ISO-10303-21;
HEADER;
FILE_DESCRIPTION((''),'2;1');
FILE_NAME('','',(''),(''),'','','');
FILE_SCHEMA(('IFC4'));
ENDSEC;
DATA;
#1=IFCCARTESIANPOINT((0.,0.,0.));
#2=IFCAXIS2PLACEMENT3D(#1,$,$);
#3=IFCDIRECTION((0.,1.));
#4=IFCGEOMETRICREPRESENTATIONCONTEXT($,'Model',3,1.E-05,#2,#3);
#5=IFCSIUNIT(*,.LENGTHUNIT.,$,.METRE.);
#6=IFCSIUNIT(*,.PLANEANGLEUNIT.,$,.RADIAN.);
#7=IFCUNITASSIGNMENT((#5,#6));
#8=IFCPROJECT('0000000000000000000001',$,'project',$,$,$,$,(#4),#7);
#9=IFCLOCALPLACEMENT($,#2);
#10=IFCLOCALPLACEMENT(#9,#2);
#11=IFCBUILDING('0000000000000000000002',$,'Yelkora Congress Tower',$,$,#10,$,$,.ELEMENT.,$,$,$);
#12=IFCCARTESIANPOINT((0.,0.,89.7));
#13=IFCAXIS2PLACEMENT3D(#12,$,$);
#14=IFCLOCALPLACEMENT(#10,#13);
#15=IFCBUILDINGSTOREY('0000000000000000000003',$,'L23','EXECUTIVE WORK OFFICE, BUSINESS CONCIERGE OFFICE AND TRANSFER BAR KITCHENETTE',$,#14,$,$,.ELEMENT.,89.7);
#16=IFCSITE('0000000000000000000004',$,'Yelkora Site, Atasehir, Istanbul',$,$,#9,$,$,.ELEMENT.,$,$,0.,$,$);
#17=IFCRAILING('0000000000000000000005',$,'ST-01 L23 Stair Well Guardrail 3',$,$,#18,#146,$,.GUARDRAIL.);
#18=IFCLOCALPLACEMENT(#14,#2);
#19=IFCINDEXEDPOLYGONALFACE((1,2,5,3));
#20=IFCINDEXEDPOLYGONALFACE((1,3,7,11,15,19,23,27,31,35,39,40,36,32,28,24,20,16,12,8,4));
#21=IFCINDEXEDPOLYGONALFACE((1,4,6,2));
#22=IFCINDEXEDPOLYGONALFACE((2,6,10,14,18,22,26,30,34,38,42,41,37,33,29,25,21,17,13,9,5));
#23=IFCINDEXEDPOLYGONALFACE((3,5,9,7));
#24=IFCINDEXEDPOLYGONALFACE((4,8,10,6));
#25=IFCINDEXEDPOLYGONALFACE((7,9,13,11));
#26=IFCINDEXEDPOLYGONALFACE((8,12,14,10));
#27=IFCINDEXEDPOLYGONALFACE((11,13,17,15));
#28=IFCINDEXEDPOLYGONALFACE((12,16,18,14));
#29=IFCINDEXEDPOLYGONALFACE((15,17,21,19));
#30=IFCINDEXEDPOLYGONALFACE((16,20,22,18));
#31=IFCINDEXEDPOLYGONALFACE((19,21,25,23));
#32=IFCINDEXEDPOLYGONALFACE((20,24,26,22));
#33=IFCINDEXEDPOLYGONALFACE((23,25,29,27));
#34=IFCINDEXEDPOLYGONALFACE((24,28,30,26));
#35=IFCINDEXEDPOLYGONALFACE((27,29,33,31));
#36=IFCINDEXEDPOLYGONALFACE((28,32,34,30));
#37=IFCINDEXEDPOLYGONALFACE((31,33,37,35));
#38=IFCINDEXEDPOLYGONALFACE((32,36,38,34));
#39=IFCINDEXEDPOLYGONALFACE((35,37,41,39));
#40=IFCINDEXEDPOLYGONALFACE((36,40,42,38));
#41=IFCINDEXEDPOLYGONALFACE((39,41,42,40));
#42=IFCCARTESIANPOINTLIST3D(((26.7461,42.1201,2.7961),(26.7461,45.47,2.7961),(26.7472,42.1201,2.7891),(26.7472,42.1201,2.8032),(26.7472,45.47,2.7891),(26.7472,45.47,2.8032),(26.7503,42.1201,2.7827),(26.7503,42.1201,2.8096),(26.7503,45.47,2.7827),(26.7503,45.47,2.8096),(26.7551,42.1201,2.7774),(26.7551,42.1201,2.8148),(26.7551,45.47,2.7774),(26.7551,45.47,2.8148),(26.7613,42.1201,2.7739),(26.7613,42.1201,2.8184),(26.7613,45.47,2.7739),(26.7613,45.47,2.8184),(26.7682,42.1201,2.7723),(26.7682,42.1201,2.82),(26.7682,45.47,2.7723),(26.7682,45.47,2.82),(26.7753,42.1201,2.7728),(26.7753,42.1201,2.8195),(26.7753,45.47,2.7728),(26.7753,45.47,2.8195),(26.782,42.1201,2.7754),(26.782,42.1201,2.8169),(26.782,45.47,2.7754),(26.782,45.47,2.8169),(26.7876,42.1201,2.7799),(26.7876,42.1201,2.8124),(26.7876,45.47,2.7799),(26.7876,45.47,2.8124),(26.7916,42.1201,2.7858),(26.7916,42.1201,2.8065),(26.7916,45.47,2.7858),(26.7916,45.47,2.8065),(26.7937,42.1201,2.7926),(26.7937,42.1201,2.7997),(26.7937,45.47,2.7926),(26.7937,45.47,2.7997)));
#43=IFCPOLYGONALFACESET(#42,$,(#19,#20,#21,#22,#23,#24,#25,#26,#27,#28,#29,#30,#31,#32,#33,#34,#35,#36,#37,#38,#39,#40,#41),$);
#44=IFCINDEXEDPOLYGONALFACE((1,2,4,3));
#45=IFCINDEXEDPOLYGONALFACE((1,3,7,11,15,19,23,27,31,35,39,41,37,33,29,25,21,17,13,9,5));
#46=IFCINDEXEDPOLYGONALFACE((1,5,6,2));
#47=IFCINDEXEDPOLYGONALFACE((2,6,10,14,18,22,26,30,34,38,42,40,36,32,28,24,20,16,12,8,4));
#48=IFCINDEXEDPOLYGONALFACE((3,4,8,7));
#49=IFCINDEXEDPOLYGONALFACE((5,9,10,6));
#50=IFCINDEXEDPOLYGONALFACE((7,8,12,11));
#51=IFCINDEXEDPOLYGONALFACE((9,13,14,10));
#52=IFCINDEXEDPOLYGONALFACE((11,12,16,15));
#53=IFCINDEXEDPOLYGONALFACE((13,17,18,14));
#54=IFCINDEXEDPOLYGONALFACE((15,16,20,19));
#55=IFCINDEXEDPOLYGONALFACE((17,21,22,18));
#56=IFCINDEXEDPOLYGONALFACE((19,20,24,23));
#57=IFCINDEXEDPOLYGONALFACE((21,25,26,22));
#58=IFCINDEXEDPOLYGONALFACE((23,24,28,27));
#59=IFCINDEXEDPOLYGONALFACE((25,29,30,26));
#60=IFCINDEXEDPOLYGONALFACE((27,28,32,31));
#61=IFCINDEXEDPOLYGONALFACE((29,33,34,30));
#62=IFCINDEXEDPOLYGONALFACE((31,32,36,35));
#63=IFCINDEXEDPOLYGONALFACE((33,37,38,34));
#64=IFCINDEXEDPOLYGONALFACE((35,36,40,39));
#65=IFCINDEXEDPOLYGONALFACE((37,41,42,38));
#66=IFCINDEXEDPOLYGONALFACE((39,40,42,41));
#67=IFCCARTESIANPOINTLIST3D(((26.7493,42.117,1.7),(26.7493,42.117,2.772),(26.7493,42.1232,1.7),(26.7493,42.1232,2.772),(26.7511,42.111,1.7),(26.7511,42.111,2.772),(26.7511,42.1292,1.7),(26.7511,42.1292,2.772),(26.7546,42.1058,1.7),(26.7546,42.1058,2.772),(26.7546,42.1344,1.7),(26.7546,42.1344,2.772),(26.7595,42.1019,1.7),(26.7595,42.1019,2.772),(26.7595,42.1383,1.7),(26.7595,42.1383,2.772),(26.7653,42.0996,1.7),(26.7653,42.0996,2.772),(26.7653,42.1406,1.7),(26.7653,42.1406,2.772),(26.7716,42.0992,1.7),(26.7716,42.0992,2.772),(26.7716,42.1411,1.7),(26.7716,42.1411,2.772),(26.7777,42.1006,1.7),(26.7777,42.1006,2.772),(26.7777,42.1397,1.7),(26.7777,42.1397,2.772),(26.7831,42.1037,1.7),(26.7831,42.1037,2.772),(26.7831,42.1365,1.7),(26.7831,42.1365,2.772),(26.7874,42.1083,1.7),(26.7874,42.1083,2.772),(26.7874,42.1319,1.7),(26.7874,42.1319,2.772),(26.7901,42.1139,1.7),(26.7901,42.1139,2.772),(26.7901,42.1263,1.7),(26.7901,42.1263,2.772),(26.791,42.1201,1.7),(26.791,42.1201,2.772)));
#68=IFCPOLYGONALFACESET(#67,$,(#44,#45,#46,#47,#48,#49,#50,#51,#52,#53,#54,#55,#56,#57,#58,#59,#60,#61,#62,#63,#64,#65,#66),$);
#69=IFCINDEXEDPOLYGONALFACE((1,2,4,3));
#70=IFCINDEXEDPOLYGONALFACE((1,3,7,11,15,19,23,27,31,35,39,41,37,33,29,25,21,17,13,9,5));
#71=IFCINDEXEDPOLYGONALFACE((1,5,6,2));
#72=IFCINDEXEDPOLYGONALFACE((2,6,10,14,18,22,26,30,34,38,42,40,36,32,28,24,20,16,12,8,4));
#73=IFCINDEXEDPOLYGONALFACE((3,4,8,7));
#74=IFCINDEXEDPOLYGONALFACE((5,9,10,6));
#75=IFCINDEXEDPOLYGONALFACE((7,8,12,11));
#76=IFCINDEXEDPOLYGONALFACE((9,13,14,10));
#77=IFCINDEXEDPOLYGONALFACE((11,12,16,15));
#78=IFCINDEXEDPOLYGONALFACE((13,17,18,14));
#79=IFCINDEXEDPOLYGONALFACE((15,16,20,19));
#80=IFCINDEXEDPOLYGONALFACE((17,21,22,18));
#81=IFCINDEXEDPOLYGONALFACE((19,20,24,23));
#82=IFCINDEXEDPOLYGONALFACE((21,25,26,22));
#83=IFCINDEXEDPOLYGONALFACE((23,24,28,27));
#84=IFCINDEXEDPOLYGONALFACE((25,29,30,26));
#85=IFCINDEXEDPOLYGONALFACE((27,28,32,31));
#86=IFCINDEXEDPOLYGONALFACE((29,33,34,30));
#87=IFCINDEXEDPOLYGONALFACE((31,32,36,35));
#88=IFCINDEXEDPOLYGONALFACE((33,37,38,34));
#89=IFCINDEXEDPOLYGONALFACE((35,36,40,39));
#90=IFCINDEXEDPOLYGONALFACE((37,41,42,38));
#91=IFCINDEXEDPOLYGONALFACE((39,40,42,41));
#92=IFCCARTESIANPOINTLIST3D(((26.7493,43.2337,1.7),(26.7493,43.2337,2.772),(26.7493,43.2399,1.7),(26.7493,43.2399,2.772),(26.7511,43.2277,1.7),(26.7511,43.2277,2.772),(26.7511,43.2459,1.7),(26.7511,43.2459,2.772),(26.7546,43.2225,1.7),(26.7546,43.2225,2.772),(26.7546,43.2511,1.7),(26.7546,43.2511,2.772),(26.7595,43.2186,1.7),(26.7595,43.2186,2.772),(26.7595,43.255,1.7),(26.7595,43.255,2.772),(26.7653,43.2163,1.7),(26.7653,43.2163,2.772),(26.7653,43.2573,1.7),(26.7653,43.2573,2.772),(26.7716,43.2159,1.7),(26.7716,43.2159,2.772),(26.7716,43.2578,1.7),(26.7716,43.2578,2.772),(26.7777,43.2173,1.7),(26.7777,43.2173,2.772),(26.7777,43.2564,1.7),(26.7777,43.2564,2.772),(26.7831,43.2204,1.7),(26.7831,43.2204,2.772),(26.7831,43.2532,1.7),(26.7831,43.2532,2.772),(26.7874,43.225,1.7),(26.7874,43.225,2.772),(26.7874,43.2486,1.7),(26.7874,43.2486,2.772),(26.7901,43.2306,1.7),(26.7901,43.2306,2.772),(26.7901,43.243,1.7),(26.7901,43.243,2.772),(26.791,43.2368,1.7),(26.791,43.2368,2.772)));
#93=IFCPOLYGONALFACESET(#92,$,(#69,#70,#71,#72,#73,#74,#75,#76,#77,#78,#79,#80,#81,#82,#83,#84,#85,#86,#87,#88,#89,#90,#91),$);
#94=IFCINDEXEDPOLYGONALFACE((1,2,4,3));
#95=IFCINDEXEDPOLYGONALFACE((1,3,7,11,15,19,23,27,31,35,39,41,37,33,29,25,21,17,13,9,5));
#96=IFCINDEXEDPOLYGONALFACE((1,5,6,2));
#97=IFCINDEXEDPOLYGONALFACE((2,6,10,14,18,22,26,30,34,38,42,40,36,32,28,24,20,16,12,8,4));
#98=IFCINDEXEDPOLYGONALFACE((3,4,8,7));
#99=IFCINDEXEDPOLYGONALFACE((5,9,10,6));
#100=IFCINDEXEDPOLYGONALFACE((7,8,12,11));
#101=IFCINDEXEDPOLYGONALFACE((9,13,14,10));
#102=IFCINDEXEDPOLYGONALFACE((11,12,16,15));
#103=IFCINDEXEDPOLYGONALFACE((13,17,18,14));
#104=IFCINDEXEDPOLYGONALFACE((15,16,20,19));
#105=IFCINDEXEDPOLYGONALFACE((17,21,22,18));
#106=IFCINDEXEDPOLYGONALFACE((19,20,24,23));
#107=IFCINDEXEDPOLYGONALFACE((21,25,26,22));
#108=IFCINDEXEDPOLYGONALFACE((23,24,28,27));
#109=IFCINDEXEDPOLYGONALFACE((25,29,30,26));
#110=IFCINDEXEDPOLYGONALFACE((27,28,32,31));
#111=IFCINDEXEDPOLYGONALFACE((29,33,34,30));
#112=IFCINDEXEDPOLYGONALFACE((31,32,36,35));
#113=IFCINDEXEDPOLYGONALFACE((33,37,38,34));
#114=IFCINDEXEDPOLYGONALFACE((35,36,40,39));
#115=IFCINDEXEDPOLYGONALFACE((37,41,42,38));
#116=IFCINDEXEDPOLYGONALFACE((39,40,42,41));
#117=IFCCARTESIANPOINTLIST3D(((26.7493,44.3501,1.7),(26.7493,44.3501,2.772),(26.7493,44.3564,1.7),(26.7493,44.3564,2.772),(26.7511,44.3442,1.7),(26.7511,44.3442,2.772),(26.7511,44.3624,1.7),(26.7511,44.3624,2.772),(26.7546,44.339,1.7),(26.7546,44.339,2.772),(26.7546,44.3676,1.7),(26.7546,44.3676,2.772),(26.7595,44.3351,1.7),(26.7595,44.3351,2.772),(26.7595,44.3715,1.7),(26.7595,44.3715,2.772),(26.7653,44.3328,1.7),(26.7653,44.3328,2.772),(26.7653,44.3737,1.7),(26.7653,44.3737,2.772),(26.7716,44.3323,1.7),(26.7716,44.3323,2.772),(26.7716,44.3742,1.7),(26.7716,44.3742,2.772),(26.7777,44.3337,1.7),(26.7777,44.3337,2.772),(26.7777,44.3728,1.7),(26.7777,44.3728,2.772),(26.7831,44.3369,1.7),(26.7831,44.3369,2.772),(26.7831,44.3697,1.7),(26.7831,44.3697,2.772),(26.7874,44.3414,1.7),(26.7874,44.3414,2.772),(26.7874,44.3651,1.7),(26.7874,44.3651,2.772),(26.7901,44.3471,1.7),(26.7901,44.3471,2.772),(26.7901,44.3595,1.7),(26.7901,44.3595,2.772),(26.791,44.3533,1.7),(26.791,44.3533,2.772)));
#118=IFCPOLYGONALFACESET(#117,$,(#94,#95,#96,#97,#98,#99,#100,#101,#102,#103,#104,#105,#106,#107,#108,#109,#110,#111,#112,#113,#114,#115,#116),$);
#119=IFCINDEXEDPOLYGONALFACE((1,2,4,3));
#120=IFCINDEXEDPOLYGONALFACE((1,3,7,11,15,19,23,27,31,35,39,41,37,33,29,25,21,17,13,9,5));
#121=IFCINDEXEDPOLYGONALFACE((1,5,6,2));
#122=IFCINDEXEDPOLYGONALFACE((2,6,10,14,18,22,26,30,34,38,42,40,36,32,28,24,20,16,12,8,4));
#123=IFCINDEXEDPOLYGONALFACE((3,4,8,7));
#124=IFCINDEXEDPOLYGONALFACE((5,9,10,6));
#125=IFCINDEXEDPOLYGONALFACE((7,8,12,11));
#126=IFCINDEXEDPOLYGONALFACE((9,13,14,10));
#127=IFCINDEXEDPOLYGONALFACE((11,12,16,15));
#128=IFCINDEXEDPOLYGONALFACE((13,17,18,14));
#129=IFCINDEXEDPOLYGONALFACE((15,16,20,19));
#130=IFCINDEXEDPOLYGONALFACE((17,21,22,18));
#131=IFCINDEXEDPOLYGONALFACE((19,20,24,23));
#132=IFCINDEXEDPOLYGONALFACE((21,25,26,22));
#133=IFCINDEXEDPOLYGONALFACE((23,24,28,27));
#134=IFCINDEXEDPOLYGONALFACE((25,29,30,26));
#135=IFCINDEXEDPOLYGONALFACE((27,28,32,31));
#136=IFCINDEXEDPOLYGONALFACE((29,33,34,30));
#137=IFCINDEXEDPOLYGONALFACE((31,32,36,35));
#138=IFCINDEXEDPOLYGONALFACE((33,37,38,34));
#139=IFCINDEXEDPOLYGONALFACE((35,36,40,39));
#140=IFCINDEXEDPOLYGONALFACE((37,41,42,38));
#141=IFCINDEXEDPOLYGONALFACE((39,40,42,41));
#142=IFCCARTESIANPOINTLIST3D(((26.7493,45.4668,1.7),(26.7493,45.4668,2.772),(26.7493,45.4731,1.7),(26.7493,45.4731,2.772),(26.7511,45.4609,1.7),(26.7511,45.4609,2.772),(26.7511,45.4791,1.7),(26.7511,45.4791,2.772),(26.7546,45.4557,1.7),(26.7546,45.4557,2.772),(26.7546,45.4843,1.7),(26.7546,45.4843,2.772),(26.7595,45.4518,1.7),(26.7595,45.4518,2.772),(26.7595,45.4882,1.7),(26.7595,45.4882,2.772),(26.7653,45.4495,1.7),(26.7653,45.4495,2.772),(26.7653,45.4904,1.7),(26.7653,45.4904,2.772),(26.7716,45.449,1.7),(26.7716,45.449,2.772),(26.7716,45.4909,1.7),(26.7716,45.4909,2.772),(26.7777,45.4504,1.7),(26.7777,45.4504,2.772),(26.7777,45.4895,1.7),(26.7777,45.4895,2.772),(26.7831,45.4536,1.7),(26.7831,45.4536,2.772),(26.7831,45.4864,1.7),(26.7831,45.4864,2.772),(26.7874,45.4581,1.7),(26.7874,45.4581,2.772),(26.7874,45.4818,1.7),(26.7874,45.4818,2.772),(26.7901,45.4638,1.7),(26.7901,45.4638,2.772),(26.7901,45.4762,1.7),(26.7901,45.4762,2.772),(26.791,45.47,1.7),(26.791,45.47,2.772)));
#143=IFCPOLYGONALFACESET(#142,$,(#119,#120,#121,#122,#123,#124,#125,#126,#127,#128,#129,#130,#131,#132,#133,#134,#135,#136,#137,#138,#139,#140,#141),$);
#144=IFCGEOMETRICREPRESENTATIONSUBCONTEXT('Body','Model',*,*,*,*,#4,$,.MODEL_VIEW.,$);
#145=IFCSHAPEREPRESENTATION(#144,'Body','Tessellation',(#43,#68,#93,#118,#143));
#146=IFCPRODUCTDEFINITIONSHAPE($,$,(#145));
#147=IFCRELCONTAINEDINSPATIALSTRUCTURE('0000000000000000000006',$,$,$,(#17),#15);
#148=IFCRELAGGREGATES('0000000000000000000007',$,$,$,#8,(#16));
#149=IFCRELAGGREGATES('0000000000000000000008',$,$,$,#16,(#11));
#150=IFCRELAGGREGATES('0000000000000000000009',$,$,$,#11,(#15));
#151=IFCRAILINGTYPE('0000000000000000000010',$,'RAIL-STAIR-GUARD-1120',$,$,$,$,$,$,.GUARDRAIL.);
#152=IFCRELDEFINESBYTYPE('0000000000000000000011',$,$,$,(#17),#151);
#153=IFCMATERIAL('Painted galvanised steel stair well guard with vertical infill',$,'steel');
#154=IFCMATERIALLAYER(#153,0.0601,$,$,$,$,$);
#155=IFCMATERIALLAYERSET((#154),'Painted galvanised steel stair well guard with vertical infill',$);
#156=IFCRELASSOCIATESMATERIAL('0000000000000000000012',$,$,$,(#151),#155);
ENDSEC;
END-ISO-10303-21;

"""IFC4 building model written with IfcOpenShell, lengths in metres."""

from ifc_helpers import new_model, si_unit, direction, frame, origin, origin_2d, place, context, subcontext, project, spatial, circle, extrude, material, layer, layer_set, type_object, element, save


model = new_model("IFC4")

# Units and contexts
model_context = context("Model", 3, precision=1e-05, world=origin(), true_north=direction((0.0, 1.0)))
body_context = subcontext(model_context, "Body", "Model", "MODEL_VIEW")
ifc_project = project(units=[si_unit("LENGTHUNIT", "METRE"), si_unit("PLANEANGLEUNIT", "RADIAN")], contexts=[model_context])

# Site, building, storey
site_placement = place(None, origin())
site = spatial("IfcSite", under=ifc_project, at=site_placement, Name="Yelkora Site, Atasehir, Istanbul", CompositionType="ELEMENT", RefElevation=0.0)
building_placement = place(site_placement, origin())
building = spatial("IfcBuilding", under=site, at=building_placement, Name="Yelkora Congress Tower", CompositionType="ELEMENT")
storey_placement = place(building_placement, frame((0.0, 0.0, 89.7)))
storey = spatial("IfcBuildingStorey", under=building, at=storey_placement, Name="L23", Description="EXECUTIVE WORK OFFICE, BUSINESS CONCIERGE OFFICE AND TRANSFER BAR KITCHENETTE", CompositionType="ELEMENT", Elevation=89.7)

# Railing
ifc_material_1 = material(Name="Painted galvanised steel stair well guard with vertical infill", Category="steel")
ifc_layer_1 = layer(ifc_material_1, 0.0601)
ifc_layer_set_1 = layer_set([ifc_layer_1], Name="Painted galvanised steel stair well guard with vertical infill")
railing_type_1 = type_object("IfcRailingType", Name="RAIL-STAIR-GUARD-1120", PredefinedType="GUARDRAIL", material=ifc_layer_set_1)
railing_1_placement = place(storey_placement, frame((26.77, 42.1201, 1.7)))
element("IfcRailing", 1, at=railing_1_placement, inside=storey, type_object=railing_type_1, Name="ST-01 L23 Stair Well Guardrail 3", PredefinedType="GUARDRAIL", context=body_context, shape_type="SweptSolid", body=[
    extrude(circle(Radius=0.0239, at=origin_2d()), frame((0.0, 0.0, 1.0962), z_axis=(0.0, 1.0, 0.0), x_axis=(-1.0, 0.0, 0.0)), (0.0, 0.0, 1.0), 3.3499),
    extrude(circle(Radius=0.021, at=origin_2d()), origin(), (0.0, 0.0, 1.0), 1.072),
    extrude(circle(Radius=0.021, at=origin_2d()), frame((0.0, 1.1167, 0.0)), (0.0, 0.0, 1.0), 1.072),
    extrude(circle(Radius=0.021, at=origin_2d()), frame((0.0, 2.2332, 0.0)), (0.0, 0.0, 1.0), 1.072),
    extrude(circle(Radius=0.021, at=origin_2d()), frame((0.0, 3.3499, 0.0)), (0.0, 0.0, 1.0), 1.072),
])

save(model, "model.ifc")
